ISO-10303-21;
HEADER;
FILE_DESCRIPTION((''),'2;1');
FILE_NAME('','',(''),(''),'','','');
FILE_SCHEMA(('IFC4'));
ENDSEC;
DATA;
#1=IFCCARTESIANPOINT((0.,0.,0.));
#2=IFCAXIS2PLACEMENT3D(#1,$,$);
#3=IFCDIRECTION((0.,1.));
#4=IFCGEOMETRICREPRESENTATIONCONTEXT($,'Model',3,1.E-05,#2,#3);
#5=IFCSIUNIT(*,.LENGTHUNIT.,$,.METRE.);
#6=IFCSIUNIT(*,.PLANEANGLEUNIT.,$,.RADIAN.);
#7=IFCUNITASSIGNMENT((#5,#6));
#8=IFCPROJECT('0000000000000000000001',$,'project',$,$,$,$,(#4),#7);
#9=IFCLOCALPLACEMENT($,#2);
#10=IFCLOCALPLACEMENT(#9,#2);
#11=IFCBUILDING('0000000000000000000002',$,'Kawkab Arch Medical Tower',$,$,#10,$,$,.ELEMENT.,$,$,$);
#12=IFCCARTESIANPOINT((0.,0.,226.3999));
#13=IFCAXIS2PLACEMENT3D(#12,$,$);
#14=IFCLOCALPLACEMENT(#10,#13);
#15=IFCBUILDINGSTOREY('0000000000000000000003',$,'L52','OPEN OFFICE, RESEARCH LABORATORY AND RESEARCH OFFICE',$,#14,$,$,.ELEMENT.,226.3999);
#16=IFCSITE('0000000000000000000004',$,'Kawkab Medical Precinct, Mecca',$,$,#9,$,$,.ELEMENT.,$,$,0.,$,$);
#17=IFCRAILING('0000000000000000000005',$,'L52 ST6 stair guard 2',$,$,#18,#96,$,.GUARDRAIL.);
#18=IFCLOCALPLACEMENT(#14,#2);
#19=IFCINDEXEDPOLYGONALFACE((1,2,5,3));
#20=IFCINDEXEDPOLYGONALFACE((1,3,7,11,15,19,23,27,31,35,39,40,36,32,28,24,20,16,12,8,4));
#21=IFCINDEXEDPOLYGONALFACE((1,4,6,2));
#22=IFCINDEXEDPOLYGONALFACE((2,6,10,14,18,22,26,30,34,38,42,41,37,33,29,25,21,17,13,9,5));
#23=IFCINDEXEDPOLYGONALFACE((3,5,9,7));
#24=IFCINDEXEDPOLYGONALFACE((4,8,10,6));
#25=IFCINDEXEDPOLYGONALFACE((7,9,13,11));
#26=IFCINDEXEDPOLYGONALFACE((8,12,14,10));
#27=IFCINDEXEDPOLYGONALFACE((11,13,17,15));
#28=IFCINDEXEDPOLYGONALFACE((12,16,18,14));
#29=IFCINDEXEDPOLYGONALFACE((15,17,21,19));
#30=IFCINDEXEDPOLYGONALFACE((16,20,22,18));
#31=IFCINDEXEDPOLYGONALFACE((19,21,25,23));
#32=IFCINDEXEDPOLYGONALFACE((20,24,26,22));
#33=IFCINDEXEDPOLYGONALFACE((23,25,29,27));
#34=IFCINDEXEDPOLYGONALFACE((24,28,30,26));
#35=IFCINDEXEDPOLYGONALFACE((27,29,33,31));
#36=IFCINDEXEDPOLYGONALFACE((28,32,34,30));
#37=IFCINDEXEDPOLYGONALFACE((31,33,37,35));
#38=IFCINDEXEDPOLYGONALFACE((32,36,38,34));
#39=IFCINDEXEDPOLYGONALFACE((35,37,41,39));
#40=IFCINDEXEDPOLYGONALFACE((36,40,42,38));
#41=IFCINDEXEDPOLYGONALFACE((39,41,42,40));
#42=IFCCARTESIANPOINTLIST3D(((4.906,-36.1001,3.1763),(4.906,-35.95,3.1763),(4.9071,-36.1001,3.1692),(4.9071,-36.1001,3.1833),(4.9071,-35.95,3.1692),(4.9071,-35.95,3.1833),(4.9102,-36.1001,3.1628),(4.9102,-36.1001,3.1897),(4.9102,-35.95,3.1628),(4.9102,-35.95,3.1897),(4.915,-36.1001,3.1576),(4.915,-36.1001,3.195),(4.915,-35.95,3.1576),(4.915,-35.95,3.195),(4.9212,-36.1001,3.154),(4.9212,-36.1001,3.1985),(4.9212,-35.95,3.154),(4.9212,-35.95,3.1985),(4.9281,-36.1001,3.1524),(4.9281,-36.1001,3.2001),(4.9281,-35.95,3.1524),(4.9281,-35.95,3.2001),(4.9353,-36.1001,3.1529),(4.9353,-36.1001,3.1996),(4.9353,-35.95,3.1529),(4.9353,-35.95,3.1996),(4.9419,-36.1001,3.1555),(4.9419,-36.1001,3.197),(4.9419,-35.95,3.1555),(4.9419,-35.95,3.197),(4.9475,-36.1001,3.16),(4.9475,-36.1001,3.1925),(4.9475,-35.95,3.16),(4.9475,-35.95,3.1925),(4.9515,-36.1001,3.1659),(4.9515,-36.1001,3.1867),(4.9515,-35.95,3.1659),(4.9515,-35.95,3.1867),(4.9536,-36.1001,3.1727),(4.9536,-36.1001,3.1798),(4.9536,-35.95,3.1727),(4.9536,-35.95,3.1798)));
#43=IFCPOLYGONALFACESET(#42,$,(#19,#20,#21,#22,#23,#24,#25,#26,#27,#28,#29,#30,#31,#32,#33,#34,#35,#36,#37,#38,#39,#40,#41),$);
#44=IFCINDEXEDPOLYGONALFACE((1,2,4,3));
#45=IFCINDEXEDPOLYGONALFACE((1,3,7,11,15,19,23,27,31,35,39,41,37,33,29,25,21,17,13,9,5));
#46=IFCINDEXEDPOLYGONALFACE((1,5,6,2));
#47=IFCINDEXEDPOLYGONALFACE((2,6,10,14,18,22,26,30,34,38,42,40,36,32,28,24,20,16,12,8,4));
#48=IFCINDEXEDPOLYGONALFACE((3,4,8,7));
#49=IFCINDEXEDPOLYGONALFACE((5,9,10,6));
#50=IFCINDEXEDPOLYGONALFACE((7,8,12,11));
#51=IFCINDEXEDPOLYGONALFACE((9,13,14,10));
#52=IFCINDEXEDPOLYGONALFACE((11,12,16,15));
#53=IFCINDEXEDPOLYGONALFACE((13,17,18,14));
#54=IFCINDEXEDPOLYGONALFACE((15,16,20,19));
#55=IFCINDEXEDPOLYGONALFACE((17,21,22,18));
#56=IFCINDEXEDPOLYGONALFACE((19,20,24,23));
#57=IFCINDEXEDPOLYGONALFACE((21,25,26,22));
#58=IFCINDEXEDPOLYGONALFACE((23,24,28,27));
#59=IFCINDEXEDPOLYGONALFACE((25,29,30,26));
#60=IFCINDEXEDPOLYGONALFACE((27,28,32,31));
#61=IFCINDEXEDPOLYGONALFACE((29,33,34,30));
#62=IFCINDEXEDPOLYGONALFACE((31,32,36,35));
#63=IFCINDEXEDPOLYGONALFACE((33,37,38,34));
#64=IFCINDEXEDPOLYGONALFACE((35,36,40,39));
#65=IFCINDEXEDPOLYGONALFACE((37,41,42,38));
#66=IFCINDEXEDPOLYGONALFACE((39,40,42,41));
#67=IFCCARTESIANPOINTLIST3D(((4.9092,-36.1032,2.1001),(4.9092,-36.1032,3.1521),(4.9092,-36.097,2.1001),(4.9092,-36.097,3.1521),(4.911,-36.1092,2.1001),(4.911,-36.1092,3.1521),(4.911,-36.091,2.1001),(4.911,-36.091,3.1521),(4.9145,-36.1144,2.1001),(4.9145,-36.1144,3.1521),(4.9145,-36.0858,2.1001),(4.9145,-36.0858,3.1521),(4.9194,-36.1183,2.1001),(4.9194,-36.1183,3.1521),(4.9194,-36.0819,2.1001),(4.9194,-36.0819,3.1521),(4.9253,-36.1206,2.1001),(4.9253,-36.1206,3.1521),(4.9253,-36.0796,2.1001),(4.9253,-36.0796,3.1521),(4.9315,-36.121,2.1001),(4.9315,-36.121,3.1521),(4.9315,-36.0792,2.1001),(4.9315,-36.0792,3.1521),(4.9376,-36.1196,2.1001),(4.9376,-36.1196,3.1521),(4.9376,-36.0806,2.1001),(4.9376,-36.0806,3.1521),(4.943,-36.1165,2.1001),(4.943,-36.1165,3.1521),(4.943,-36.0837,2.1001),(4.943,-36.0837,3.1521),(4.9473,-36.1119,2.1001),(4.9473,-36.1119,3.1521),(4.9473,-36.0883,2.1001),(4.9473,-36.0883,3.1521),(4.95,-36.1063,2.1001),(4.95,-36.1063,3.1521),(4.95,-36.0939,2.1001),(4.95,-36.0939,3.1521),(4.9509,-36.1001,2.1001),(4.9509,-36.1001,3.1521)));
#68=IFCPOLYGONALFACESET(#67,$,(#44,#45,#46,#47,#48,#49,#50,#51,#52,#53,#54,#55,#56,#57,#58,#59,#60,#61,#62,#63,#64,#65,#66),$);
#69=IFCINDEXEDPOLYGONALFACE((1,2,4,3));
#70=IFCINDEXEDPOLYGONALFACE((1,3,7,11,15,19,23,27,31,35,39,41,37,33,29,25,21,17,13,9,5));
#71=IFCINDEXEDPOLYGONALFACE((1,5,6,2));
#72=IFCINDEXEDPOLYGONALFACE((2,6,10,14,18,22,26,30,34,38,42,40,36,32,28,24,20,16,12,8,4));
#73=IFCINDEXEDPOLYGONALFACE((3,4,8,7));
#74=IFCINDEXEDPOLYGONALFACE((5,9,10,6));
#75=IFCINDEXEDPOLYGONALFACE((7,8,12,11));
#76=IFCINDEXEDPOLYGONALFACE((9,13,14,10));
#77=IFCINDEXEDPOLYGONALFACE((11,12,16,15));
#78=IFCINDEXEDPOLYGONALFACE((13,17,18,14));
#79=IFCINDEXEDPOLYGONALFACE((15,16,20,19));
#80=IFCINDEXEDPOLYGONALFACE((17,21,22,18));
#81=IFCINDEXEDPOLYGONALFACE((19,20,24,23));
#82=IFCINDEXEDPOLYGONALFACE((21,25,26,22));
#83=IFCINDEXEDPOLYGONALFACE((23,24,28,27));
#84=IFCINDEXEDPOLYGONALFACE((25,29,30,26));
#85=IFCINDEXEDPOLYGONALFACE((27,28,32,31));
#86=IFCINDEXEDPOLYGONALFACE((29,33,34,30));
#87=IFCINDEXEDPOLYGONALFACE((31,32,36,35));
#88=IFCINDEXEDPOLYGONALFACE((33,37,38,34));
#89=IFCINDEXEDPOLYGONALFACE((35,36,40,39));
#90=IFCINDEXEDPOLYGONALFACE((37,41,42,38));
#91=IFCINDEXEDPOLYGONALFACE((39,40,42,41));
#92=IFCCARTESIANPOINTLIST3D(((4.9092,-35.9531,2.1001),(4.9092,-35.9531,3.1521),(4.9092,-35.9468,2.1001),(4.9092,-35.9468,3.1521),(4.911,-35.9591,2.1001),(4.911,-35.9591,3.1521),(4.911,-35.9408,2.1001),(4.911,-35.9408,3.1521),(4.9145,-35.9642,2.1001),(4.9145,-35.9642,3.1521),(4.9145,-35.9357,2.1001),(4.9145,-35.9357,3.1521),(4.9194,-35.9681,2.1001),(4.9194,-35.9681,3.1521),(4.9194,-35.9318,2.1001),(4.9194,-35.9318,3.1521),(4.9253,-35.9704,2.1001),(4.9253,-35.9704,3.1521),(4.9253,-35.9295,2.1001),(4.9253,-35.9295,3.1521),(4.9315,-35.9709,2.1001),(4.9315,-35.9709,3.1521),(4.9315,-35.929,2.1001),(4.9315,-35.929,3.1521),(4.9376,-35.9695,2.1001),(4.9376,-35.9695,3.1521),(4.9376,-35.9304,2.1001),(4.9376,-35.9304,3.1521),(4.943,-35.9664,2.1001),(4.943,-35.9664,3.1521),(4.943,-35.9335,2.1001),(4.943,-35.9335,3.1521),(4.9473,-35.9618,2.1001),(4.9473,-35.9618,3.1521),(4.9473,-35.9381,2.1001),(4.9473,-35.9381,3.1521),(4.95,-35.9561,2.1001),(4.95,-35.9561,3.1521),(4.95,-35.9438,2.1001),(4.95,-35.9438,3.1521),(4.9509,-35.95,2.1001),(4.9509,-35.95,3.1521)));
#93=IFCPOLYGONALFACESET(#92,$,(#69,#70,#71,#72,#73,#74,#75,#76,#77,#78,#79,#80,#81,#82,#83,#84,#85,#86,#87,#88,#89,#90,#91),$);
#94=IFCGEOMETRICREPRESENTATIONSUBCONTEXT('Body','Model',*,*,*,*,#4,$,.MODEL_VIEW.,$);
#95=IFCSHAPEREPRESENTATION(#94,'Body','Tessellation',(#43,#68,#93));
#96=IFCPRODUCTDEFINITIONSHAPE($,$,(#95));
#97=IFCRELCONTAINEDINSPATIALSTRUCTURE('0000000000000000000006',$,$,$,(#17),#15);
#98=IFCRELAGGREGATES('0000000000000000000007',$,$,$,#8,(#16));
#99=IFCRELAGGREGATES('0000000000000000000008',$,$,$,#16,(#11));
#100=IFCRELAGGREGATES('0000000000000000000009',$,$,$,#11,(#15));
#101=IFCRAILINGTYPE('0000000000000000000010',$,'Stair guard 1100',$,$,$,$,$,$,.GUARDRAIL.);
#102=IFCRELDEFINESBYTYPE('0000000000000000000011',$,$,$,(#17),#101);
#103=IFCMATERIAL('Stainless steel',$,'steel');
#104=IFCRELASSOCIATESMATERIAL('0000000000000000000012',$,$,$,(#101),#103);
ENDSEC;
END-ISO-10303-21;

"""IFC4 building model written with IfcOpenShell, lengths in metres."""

from ifc_helpers import new_model, si_unit, direction, frame, origin, origin_2d, place, context, subcontext, project, spatial, circle, extrude, material, type_object, element, save


model = new_model("IFC4")

# Units and contexts
model_context = context("Model", 3, precision=1e-05, world=origin(), true_north=direction((0.0, 1.0)))
body_context = subcontext(model_context, "Body", "Model", "MODEL_VIEW")
ifc_project = project(units=[si_unit("LENGTHUNIT", "METRE"), si_unit("PLANEANGLEUNIT", "RADIAN")], contexts=[model_context])

# Site, building, storey
site_placement = place(None, origin())
site = spatial("IfcSite", under=ifc_project, at=site_placement, Name="Kawkab Medical Precinct, Mecca", CompositionType="ELEMENT", RefElevation=0.0)
building_placement = place(site_placement, origin())
building = spatial("IfcBuilding", under=site, at=building_placement, Name="Kawkab Arch Medical Tower", CompositionType="ELEMENT")
storey_placement = place(building_placement, frame((0.0, 0.0, 226.3999)))
storey = spatial("IfcBuildingStorey", under=building, at=storey_placement, Name="L52", Description="OPEN OFFICE, RESEARCH LABORATORY AND RESEARCH OFFICE", CompositionType="ELEMENT", Elevation=226.3999)

# Railing
ifc_material_1 = material(Name="Stainless steel", Category="steel")
railing_type = type_object("IfcRailingType", Name="Stair guard 1100", PredefinedType="GUARDRAIL", material=ifc_material_1)
railing_1_placement = place(storey_placement, frame((4.9299, -36.1001, 2.1001)))
element("IfcRailing", 1, at=railing_1_placement, inside=storey, type_object=railing_type, Name="L52 ST6 stair guard 2", PredefinedType="GUARDRAIL", context=body_context, shape_type="SweptSolid", body=[
    extrude(circle(Radius=0.0239, at=origin_2d()), frame((0.0, 0.0, 1.0762), z_axis=(0.0, 1.0, 0.0), x_axis=(-1.0, 0.0, 0.0)), (0.0, 0.0, 1.0), 0.1501),
    extrude(circle(Radius=0.021, at=origin_2d()), origin(), (0.0, 0.0, 1.0), 1.052),
    extrude(circle(Radius=0.021, at=origin_2d()), frame((0.0, 0.1501, 0.0)), (0.0, 0.0, 1.0), 1.052),
])

save(model, "model.ifc")
